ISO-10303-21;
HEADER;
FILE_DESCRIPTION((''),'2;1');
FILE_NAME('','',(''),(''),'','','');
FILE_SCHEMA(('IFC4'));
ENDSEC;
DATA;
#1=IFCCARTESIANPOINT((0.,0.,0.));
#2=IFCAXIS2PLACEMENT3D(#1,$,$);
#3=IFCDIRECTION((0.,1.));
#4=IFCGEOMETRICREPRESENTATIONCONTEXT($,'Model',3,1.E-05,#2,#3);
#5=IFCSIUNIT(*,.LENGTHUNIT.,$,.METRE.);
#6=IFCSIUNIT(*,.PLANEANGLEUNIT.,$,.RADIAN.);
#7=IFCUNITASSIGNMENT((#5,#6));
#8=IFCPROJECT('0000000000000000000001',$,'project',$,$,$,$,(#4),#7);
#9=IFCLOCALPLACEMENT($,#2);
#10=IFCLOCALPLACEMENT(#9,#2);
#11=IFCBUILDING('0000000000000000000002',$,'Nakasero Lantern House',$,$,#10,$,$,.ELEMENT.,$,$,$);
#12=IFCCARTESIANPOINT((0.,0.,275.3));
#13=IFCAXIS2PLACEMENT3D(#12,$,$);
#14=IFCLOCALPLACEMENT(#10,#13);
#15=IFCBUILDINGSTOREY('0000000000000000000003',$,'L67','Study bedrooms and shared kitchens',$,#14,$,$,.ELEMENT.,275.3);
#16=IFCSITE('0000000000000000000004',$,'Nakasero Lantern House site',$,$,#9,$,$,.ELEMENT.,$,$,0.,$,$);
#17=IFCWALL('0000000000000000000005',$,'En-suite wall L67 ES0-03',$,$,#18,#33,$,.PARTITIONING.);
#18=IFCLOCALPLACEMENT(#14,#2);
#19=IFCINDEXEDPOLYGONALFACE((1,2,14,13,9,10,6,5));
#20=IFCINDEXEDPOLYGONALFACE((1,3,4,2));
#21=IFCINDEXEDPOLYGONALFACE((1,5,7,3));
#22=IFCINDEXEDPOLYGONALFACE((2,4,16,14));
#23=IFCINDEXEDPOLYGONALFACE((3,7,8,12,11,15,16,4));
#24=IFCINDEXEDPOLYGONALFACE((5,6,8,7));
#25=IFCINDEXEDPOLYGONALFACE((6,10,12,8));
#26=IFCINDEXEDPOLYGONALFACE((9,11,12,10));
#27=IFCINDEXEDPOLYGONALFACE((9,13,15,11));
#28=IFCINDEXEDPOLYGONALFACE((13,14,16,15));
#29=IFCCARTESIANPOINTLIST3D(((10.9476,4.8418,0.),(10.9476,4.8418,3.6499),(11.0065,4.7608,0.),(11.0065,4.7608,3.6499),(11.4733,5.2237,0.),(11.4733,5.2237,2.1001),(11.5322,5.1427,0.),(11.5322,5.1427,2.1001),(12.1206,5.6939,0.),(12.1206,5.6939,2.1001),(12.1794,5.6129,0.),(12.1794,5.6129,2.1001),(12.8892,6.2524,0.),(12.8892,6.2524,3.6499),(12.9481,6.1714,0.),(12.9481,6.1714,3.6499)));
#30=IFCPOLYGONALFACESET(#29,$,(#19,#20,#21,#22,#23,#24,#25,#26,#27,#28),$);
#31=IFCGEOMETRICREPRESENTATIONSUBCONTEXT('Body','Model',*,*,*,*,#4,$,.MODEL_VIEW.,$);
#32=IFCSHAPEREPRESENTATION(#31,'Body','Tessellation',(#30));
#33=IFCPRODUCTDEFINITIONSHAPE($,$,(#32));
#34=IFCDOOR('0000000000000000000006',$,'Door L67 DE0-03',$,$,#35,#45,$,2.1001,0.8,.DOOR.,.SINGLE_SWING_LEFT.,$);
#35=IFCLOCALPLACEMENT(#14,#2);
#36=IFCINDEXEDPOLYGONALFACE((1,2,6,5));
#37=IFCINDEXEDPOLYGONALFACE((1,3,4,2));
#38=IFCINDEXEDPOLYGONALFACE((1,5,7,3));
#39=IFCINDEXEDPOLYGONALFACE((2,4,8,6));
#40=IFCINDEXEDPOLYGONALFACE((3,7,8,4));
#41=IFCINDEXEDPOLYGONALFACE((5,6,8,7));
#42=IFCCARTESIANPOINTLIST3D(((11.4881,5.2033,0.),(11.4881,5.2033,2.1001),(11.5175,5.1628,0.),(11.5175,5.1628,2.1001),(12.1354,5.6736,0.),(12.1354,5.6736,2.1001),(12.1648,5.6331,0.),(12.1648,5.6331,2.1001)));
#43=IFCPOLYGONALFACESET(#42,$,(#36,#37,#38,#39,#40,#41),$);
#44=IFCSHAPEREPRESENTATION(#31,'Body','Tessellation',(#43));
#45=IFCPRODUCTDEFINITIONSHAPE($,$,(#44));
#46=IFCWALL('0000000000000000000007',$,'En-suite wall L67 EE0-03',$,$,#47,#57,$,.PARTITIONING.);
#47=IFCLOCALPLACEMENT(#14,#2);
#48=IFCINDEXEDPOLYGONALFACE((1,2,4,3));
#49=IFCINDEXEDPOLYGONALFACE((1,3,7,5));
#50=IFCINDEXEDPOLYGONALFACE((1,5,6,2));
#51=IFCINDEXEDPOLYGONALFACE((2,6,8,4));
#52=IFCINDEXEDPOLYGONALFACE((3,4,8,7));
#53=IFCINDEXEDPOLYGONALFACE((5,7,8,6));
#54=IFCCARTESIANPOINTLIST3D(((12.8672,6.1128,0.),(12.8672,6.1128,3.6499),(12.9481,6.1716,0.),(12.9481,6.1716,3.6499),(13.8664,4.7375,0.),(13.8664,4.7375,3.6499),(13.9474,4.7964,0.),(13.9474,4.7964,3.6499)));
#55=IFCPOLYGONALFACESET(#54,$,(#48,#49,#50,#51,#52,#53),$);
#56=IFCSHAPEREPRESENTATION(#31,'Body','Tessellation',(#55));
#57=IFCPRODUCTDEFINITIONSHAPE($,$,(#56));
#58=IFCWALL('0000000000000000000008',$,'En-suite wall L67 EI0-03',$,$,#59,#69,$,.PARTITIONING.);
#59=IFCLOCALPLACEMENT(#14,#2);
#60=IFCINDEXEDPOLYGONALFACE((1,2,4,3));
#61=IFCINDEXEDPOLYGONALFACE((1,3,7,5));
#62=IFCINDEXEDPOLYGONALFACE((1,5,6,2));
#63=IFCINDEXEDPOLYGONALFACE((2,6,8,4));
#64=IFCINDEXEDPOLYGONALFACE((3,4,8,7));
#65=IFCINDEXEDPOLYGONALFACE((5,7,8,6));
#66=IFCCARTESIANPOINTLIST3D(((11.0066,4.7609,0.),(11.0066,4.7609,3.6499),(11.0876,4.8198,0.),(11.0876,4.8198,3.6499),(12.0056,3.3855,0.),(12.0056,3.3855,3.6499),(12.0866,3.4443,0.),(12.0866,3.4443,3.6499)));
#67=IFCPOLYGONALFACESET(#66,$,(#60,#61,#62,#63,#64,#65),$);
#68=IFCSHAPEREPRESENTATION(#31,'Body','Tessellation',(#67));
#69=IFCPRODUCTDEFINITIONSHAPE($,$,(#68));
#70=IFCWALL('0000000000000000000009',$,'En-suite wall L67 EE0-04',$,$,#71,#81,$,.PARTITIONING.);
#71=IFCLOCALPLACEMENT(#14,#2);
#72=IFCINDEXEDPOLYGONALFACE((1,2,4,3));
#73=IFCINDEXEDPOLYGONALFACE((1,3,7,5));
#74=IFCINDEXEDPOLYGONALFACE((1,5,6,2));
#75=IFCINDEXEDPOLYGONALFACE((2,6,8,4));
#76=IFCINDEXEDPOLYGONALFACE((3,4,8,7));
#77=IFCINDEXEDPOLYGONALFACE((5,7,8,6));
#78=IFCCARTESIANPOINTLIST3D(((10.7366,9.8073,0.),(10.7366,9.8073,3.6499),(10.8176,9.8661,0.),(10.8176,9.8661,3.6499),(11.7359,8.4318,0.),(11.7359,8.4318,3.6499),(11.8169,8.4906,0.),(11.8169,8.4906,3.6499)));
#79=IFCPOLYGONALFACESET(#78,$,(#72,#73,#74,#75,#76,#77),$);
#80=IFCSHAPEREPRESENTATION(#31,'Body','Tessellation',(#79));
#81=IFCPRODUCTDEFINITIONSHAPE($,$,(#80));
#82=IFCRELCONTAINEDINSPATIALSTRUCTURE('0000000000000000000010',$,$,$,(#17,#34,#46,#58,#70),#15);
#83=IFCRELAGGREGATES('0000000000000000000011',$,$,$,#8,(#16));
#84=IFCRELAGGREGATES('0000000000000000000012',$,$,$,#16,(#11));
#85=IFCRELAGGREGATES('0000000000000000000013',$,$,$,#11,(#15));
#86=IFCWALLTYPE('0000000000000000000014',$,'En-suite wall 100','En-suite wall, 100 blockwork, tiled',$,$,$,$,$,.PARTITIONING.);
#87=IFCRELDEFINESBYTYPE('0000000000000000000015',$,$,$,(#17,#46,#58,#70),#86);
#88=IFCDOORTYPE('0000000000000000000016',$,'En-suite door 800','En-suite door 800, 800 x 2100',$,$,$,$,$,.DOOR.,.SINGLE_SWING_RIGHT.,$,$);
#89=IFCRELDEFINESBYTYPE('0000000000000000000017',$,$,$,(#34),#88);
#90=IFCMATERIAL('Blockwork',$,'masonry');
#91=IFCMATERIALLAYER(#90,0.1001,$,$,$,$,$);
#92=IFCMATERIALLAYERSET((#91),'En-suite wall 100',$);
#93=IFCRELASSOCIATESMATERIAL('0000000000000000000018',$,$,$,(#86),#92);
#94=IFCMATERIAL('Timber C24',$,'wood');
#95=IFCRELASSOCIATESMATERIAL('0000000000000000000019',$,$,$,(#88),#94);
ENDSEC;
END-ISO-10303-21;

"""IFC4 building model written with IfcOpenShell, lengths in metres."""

from ifc_helpers import new_model, si_unit, direction, frame, frame_2d, origin, place, context, subcontext, project, spatial, rectangle, extrude, material, layer, layer_set, type_object, element, fill, save


model = new_model("IFC4")

# Units and contexts
model_context = context("Model", 3, precision=1e-05, world=origin(), true_north=direction((0.0, 1.0)))
body_context = subcontext(model_context, "Body", "Model", "MODEL_VIEW")
ifc_project = project(units=[si_unit("LENGTHUNIT", "METRE"), si_unit("PLANEANGLEUNIT", "RADIAN")], contexts=[model_context])

# Site, building, storey
site_placement = place(None, origin())
site = spatial("IfcSite", under=ifc_project, at=site_placement, Name="Nakasero Lantern House site", CompositionType="ELEMENT", RefElevation=0.0)
building_placement = place(site_placement, origin())
building = spatial("IfcBuilding", under=site, at=building_placement, Name="Nakasero Lantern House", CompositionType="ELEMENT")
storey_placement = place(building_placement, frame((0.0, 0.0, 275.3)))
storey = spatial("IfcBuildingStorey", under=building, at=storey_placement, Name="L67", Description="Study bedrooms and shared kitchens", CompositionType="ELEMENT", Elevation=275.3)

# Wall, opening, door
ifc_material_1 = material(Name="Blockwork", Category="masonry")
ifc_layer_1 = layer(ifc_material_1, 0.1001)
ifc_layer_set_1 = layer_set([ifc_layer_1], Name="En-suite wall 100")
wall_type_1 = type_object("IfcWallType", Name="En-suite wall 100", Description="En-suite wall, 100 blockwork, tiled", PredefinedType="PARTITIONING", material=ifc_layer_set_1)
wall_1_placement = place(storey_placement, frame((10.9771, 4.8013, 0.0), z_axis=(0.0, 0.0, 1.0), x_axis=(0.809026, 0.587772, 0.0)))
wall_1 = element("IfcWall", 1, at=wall_1_placement, inside=storey, type_object=wall_type_1, Name="En-suite wall L67 ES0-03", PredefinedType="PARTITIONING", context=body_context, shape_type="SweptSolid", body=[
    extrude(rectangle(XDim=2.3999, YDim=0.1001, at=frame_2d((1.2, 0.0))), origin(), (0.0, 0.0, 1.0), 3.6499),
])
opening_1_placement = place(wall_1_placement, frame((0.6499, 0.0, 0.0)))
opening_1 = element("IfcOpeningElement", 2, at=opening_1_placement, cuts=wall_1, PredefinedType="OPENING", context=body_context, shape_type="SweptSolid", body=[
    extrude(rectangle(XDim=0.8, YDim=2.1001, at=frame_2d((0.3999, 1.05))), frame((0.0, 0.0701, 0.0), z_axis=(0.0, -1.0, 0.0), x_axis=(1.0, 0.0, 0.0)), (0.0, 0.0, 1.0), 0.1401),
])
ifc_material_2 = material(Name="Timber C24", Category="wood")
door_type_1 = type_object("IfcDoorType", Name="En-suite door 800", Description="En-suite door 800, 800 x 2100", OperationType="SINGLE_SWING_RIGHT", PredefinedType="DOOR", material=ifc_material_2)
door_1_placement = place(opening_1_placement, origin())
door_1 = element("IfcDoor", 3, at=door_1_placement, inside=storey, type_object=door_type_1, Name="Door L67 DE0-03", OperationType="SINGLE_SWING_LEFT", OverallHeight=2.1001, OverallWidth=0.8, PredefinedType="DOOR", context=body_context, shape_type="SweptSolid", body=[
    extrude(rectangle(XDim=0.8, YDim=2.1001, at=frame_2d((0.3999, 1.05))), frame((0.0, 0.0249, 0.0), z_axis=(0.0, -1.0, 0.0), x_axis=(1.0, 0.0, 0.0)), (0.0, 0.0, 1.0), 0.05),
])
fill(opening_1, door_1)

# Walls
for number, where, z_axis, x_axis, name in (
    (4, (13.907, 4.7668, 0.0), (0.0, 0.0, 1.0), (-0.587822, 0.808991, 0.0), "En-suite wall L67 EE0-03"),
    (5, (12.0461, 3.4148, 0.0), (0.0, 0.0, 1.0), (-0.587659, 0.809109, 0.0), "En-suite wall L67 EI0-03"),
):
    element("IfcWall", number, at=place(storey_placement, frame(where, z_axis=z_axis, x_axis=x_axis)), inside=storey, type_object=wall_type_1, Name=name, PredefinedType="PARTITIONING", context=body_context, shape_type="SweptSolid", body=[
        extrude(rectangle(XDim=1.7, YDim=0.1001, at=frame_2d((0.8501, 0.0))), origin(), (0.0, 0.0, 1.0), 3.6499),
    ])
wall_2_placement = place(storey_placement, frame((11.7764, 8.4612, 0.0), z_axis=(0.0, 0.0, 1.0), x_axis=(-0.587753, 0.80904, 0.0)))
element("IfcWall", 6, at=wall_2_placement, inside=storey, type_object=wall_type_1, Name="En-suite wall L67 EE0-04", PredefinedType="PARTITIONING", context=body_context, shape_type="SweptSolid", body=[
    extrude(rectangle(XDim=1.7002, YDim=0.1001, at=frame_2d((0.8501, 0.0))), origin(), (0.0, 0.0, 1.0), 3.6499),
])

save(model, "model.ifc")
